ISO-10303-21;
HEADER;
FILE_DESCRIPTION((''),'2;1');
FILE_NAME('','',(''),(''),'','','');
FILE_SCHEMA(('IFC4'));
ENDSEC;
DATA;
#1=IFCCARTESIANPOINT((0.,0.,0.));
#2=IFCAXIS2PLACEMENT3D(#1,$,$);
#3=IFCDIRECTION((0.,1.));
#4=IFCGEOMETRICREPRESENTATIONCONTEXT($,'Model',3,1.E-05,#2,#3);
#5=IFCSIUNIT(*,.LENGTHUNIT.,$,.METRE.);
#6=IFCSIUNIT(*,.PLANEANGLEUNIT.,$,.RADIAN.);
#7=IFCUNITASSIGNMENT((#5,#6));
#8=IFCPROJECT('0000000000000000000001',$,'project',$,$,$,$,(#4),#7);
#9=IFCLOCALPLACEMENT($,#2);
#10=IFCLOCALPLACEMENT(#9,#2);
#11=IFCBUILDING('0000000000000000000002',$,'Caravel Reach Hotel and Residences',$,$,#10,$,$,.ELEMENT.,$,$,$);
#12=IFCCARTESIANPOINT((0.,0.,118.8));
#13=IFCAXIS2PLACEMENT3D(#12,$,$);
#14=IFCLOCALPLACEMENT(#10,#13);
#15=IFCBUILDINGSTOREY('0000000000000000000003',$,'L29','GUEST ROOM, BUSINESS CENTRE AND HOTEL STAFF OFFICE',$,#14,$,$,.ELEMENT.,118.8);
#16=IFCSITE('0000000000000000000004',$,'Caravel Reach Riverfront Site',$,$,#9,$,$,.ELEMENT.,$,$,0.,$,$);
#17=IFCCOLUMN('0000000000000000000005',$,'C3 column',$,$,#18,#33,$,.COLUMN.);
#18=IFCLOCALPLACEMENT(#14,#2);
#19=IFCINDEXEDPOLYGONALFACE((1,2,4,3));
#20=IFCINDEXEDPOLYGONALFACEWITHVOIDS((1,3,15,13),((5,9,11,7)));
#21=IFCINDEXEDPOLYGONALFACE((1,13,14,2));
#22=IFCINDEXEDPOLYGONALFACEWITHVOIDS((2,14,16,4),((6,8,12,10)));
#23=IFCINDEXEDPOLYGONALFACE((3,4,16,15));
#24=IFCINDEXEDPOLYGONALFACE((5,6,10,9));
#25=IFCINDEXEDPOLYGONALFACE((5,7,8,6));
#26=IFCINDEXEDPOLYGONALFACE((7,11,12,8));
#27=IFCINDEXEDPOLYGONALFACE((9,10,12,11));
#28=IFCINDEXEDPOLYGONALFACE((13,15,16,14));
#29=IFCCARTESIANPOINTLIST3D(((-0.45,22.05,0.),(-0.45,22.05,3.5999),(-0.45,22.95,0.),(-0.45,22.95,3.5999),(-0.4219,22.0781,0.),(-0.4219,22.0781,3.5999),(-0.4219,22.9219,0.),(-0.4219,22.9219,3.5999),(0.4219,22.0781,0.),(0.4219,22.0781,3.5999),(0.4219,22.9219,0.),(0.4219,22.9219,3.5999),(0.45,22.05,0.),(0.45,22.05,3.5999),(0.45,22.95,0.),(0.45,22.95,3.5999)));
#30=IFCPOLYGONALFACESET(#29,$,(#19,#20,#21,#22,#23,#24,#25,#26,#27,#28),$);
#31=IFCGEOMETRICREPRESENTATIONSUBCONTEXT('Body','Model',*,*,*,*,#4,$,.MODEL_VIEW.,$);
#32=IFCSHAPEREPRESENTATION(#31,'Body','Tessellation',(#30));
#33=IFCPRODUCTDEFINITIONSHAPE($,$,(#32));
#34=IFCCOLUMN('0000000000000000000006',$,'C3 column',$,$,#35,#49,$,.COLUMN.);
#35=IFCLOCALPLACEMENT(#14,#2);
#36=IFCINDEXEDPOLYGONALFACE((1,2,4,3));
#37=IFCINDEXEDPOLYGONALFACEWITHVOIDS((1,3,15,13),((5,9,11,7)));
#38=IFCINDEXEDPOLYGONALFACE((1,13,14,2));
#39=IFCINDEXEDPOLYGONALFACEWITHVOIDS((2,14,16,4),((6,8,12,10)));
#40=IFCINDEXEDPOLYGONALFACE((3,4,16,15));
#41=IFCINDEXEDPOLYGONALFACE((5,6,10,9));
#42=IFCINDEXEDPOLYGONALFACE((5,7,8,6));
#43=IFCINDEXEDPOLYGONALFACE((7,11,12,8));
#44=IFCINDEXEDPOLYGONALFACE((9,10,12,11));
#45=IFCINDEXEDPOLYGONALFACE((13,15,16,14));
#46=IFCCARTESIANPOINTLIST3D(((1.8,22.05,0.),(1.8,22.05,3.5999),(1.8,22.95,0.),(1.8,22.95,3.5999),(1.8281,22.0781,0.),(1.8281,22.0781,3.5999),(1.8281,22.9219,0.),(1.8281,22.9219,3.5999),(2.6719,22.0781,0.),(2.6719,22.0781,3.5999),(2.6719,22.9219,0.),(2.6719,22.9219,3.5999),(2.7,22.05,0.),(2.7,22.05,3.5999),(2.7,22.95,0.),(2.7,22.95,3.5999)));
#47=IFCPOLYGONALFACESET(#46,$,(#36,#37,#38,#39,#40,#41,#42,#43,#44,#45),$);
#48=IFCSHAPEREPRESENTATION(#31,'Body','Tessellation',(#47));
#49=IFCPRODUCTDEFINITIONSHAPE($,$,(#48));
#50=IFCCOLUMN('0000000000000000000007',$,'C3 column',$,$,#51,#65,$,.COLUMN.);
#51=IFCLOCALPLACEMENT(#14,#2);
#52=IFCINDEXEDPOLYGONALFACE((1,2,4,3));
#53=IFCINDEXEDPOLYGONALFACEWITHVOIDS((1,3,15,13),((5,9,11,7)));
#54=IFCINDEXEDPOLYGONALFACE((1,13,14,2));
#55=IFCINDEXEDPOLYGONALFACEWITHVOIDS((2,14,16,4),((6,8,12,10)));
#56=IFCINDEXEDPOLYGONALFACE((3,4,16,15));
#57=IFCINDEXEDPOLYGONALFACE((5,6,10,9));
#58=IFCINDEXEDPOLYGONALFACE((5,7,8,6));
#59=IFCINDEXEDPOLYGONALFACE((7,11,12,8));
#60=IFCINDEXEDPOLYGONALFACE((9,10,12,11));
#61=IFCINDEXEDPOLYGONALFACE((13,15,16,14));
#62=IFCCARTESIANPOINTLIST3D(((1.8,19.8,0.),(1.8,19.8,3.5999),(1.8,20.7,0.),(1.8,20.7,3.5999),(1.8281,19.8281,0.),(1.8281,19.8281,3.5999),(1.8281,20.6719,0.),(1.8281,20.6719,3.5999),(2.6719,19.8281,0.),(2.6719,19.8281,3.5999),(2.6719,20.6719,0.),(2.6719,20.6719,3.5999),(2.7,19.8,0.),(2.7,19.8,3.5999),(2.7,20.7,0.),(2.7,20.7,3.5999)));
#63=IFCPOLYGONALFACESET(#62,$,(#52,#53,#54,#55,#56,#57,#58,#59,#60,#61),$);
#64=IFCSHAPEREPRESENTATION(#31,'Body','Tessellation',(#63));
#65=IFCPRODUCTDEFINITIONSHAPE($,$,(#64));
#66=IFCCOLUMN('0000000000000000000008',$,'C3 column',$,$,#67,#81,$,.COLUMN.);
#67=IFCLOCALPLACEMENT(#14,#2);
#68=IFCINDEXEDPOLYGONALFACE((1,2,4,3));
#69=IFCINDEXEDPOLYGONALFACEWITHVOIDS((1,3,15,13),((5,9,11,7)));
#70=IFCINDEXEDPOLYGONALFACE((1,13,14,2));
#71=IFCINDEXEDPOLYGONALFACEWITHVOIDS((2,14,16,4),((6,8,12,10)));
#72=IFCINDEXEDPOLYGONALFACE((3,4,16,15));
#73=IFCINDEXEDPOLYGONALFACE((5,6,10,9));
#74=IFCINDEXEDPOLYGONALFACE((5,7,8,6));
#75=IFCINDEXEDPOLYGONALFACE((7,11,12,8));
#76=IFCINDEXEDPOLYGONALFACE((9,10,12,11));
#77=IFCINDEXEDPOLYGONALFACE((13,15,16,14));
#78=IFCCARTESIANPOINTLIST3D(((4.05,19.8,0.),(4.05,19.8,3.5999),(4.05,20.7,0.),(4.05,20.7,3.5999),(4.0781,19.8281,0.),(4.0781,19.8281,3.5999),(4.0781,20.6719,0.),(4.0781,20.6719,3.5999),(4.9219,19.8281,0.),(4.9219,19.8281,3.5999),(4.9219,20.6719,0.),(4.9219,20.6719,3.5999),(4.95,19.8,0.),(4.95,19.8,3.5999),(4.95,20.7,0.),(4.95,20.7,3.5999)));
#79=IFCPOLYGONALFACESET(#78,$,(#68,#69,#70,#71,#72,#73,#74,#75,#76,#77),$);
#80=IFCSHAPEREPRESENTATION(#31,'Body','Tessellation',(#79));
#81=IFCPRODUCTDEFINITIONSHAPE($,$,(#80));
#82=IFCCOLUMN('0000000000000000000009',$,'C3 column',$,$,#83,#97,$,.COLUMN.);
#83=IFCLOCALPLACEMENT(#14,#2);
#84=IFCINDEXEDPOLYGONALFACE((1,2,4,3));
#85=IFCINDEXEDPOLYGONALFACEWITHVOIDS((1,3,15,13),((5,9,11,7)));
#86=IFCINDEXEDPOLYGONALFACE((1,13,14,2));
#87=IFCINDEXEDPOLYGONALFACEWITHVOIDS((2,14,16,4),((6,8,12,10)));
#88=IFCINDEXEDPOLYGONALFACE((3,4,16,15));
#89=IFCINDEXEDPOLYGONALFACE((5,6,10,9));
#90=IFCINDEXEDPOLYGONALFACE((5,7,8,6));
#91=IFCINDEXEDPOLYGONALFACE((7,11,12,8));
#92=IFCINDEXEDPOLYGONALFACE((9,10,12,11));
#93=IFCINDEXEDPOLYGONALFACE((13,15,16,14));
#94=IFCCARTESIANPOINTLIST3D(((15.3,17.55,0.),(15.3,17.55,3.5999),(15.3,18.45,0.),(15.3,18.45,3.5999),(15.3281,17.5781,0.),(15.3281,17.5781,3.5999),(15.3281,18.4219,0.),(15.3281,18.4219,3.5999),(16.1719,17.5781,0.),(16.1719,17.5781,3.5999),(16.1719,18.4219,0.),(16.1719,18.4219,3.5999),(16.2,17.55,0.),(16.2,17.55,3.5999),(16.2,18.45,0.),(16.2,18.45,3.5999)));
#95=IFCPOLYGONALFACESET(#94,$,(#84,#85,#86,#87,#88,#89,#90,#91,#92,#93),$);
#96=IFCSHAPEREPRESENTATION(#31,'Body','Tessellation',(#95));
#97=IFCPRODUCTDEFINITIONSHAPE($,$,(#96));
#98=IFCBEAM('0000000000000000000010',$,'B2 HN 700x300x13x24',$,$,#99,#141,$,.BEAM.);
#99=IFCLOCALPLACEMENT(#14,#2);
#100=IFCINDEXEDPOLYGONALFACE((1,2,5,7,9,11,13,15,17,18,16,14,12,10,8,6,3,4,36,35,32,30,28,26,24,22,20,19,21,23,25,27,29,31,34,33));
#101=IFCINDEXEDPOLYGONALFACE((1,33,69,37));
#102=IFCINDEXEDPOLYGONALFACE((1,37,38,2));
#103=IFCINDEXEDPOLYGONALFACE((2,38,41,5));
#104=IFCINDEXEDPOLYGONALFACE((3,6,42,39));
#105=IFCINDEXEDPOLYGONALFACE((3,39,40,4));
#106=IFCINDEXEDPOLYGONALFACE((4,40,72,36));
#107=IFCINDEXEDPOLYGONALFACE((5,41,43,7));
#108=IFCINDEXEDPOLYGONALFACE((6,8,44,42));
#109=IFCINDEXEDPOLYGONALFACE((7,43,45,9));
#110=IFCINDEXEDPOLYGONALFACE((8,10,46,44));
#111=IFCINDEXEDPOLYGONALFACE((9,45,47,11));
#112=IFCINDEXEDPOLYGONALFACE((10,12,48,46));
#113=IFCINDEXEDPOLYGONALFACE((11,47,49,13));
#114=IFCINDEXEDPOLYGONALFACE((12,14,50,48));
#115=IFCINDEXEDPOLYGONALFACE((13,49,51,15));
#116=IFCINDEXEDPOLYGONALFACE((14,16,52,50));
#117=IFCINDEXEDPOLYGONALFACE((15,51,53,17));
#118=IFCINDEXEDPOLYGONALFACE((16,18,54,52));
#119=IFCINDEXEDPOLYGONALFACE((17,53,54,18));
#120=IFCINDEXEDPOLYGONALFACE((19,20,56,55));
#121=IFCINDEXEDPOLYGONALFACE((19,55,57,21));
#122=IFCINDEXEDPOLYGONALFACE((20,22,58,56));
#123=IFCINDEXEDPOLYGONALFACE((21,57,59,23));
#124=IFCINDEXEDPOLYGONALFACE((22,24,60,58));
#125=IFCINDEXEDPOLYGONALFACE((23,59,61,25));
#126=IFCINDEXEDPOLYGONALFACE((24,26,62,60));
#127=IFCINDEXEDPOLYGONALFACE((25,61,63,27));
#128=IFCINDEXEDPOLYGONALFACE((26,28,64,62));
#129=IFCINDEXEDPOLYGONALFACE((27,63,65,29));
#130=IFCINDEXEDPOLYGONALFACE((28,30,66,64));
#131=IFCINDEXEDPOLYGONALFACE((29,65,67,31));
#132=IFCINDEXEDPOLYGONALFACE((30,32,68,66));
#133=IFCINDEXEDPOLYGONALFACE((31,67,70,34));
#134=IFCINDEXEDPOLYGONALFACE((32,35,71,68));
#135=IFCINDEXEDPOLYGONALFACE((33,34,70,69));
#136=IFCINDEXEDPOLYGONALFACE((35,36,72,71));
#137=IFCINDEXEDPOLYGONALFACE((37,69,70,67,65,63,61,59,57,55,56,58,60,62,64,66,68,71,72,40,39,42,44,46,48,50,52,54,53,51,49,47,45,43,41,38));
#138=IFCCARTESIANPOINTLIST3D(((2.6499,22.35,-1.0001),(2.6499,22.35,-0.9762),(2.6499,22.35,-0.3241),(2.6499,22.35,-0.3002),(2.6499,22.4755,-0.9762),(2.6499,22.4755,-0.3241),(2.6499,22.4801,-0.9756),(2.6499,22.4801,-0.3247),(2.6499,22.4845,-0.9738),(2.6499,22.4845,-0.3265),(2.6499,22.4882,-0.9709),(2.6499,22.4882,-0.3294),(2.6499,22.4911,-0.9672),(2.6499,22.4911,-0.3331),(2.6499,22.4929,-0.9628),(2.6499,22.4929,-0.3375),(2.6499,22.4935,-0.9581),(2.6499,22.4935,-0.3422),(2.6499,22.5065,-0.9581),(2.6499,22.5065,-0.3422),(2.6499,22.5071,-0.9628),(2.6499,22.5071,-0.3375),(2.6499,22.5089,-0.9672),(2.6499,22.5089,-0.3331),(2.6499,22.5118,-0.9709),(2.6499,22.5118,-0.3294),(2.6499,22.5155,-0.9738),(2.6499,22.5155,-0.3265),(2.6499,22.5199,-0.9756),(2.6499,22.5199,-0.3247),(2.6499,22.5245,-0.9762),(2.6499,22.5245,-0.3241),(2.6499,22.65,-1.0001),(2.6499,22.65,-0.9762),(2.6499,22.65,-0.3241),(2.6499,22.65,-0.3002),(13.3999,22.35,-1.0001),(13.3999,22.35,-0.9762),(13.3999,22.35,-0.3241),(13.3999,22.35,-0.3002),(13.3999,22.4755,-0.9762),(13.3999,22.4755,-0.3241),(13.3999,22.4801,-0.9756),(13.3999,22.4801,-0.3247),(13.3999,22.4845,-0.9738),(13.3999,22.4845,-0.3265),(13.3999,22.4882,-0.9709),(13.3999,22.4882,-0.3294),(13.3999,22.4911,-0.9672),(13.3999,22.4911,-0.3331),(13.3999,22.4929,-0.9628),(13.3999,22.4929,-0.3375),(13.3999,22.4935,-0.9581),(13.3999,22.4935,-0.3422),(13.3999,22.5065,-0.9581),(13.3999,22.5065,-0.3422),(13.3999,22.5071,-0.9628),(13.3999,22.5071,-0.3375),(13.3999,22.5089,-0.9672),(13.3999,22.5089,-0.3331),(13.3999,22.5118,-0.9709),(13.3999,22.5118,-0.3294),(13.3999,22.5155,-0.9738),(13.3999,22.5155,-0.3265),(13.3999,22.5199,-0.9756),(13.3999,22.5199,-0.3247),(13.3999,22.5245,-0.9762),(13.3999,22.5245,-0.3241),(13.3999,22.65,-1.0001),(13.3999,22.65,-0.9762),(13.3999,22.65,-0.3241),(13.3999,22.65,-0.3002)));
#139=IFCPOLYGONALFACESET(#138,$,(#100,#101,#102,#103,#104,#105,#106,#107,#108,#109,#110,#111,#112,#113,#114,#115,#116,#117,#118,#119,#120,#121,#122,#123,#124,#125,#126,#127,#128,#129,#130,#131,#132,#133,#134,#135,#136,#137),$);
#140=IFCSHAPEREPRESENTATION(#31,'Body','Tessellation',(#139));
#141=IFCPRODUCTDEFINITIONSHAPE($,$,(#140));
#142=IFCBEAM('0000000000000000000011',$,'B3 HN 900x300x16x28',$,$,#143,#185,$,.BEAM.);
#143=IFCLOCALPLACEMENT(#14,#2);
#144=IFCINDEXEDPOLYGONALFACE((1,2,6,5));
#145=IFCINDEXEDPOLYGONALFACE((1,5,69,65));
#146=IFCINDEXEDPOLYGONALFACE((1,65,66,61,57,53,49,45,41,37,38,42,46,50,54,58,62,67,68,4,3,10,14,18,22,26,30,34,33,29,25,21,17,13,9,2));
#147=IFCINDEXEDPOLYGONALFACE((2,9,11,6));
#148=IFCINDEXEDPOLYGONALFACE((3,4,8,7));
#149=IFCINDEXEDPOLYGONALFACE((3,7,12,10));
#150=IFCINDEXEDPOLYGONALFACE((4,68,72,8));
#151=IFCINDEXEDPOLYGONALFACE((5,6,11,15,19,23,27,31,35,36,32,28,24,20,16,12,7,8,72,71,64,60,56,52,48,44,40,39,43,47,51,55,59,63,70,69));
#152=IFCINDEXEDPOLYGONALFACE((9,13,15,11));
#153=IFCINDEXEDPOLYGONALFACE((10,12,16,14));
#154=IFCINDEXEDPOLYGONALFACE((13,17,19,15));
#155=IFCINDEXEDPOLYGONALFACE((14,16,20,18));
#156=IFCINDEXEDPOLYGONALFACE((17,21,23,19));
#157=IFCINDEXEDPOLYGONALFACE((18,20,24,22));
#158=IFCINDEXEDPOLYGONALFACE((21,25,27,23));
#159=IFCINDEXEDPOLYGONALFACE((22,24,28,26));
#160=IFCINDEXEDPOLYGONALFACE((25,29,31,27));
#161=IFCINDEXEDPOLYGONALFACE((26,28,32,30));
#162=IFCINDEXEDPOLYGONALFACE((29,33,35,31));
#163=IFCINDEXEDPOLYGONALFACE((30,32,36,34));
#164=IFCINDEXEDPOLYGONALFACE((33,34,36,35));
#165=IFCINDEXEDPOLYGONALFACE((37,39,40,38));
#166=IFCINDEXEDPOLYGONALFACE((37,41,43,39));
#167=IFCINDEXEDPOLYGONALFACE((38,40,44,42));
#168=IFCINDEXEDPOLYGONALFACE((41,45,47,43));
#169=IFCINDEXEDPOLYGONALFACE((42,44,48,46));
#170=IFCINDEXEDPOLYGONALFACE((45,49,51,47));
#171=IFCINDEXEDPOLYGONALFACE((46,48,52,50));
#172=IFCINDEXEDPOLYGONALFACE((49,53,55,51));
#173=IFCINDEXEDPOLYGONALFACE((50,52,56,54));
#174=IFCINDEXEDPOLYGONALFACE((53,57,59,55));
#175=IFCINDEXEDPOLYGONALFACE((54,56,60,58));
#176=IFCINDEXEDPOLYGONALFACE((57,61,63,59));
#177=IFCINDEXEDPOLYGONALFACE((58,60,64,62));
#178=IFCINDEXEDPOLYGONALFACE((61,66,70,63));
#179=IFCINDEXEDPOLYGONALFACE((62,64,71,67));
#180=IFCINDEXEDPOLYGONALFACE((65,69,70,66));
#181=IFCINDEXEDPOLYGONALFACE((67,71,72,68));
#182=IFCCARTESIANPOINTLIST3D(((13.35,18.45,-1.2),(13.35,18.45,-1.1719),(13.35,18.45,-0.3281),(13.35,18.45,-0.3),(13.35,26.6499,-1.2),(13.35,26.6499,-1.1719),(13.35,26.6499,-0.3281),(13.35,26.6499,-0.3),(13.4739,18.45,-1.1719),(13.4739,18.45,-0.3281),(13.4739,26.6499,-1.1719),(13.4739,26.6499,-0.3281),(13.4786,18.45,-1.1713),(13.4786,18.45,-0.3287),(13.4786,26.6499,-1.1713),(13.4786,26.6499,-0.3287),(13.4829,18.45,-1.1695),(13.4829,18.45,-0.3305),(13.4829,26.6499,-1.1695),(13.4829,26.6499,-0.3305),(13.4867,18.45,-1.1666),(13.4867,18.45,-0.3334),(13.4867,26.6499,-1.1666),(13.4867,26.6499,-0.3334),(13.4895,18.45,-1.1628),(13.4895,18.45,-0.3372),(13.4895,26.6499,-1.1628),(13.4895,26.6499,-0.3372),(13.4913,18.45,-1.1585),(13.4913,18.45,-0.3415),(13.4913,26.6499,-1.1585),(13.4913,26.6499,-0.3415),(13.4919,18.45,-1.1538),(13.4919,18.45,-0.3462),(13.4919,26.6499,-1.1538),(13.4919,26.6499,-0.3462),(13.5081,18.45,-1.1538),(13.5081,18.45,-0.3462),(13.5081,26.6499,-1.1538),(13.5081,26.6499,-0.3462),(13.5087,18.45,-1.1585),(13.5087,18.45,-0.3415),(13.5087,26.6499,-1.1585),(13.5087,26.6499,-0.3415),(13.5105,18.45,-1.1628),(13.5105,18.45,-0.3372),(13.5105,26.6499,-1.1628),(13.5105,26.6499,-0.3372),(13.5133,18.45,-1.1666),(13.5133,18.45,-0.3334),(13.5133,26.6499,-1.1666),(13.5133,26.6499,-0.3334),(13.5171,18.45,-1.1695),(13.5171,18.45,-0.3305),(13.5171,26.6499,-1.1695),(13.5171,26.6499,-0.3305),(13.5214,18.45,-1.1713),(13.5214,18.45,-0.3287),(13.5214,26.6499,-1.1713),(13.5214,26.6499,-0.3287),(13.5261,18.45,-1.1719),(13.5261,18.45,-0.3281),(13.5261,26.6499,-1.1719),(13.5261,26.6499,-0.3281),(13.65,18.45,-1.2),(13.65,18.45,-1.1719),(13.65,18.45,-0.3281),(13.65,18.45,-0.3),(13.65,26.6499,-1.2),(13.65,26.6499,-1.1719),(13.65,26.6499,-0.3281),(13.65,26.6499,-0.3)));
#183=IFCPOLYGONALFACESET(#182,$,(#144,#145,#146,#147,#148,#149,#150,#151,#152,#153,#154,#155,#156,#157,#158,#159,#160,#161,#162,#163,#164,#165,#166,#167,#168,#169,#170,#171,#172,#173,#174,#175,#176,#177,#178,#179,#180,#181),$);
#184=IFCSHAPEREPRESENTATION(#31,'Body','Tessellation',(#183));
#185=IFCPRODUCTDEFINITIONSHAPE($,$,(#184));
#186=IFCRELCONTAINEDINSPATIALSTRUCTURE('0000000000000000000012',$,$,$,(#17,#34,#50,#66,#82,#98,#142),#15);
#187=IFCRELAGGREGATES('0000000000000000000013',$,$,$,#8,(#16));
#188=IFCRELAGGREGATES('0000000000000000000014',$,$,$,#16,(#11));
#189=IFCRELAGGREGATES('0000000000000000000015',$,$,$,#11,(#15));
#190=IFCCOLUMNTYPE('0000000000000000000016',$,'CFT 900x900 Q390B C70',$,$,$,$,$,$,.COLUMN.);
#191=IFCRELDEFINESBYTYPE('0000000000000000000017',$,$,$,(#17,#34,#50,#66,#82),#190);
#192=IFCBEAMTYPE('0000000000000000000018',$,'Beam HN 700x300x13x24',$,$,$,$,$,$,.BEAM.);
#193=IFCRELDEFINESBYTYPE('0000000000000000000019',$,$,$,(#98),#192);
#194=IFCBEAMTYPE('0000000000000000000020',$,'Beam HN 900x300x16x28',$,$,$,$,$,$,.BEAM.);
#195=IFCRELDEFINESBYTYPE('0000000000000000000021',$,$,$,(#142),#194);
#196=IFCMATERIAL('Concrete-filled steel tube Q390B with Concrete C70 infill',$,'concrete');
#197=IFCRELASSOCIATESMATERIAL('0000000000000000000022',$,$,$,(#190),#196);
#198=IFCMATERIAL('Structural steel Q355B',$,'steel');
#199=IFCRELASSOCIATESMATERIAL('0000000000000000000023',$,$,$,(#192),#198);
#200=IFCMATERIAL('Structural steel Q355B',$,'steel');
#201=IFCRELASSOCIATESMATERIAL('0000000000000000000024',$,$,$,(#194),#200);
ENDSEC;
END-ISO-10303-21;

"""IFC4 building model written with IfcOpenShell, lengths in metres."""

from ifc_helpers import new_model, si_unit, direction, frame, origin, origin_2d, place, context, subcontext, project, spatial, hollow_rectangle, i_section, extrude, material, material_profile, profile_set, type_object, element, save


model = new_model("IFC4")

# Units and contexts
model_context = context("Model", 3, precision=1e-05, world=origin(), true_north=direction((0.0, 1.0)))
body_context = subcontext(model_context, "Body", "Model", "MODEL_VIEW")
ifc_project = project(units=[si_unit("LENGTHUNIT", "METRE"), si_unit("PLANEANGLEUNIT", "RADIAN")], contexts=[model_context])

# Site, building, storey
site_placement = place(None, origin())
site = spatial("IfcSite", under=ifc_project, at=site_placement, Name="Caravel Reach Riverfront Site", CompositionType="ELEMENT", RefElevation=0.0)
building_placement = place(site_placement, origin())
building = spatial("IfcBuilding", under=site, at=building_placement, Name="Caravel Reach Hotel and Residences", CompositionType="ELEMENT")
storey_placement = place(building_placement, frame((0.0, 0.0, 118.8)))
storey = spatial("IfcBuildingStorey", under=building, at=storey_placement, Name="L29", Description="GUEST ROOM, BUSINESS CENTRE AND HOTEL STAFF OFFICE", CompositionType="ELEMENT", Elevation=118.8)

# Columns
ifc_material_1 = material(Name="Concrete-filled steel tube Q390B with Concrete C70 infill", Category="concrete")
ifc_material_profile_1 = material_profile(ifc_material_1, hollow_rectangle(XDim=0.8999, YDim=0.8999, WallThickness=0.0281, at=origin_2d()), Name="RHS 900x900x28")
ifc_profile_set_1 = profile_set([ifc_material_profile_1], Name="Concrete-filled steel tube Q390B with Concrete C70 infill")
column_type = type_object("IfcColumnType", Name="CFT 900x900 Q390B C70", PredefinedType="COLUMN", material=ifc_profile_set_1)
for number, where, z_axis, x_axis, name in (
    (1, (0.0, 22.5, 0.0), (0.0, 0.0, 1.0), (1.0, 0.0, 0.0), "C3 column"),
    (2, (2.25, 22.5, 0.0), (0.0, 0.0, 1.0), (1.0, 0.0, 0.0), "C3 column"),
    (3, (2.25, 20.25, 0.0), (0.0, 0.0, 1.0), (1.0, 0.0, 0.0), "C3 column"),
    (4, (4.5, 20.25, 0.0), (0.0, 0.0, 1.0), (1.0, 0.0, 0.0), "C3 column"),
    (5, (15.75, 18.0, 0.0), (0.0, 0.0, 1.0), (1.0, 0.0, 0.0), "C3 column"),
):
    element("IfcColumn", number, at=place(storey_placement, frame(where, z_axis=z_axis, x_axis=x_axis)), inside=storey, type_object=column_type, Name=name, PredefinedType="COLUMN", context=body_context, shape_type="SweptSolid", body=[
        extrude(hollow_rectangle(XDim=0.8999, YDim=0.8999, WallThickness=0.0281, at=origin_2d()), origin(), (0.0, 0.0, 1.0), 3.5999),
    ])

# Beams
ifc_material_2 = material(Name="Structural steel Q355B", Category="steel")
ifc_material_profile_2 = material_profile(ifc_material_2, i_section(OverallWidth=0.3, OverallDepth=0.7, WebThickness=0.0129, FlangeThickness=0.0239, FilletRadius=0.0181, at=origin_2d()), Name="HN 700x300x13x24")
ifc_profile_set_2 = profile_set([ifc_material_profile_2], Name="Structural steel Q355B")
beam_type_1 = type_object("IfcBeamType", Name="Beam HN 700x300x13x24", PredefinedType="BEAM", material=ifc_profile_set_2)
beam_1_placement = place(storey_placement, frame((13.3999, 22.5, -0.6501), z_axis=(-1.0, 0.0, 0.0), x_axis=(0.0, -1.0, 0.0)))
element("IfcBeam", 6, at=beam_1_placement, inside=storey, type_object=beam_type_1, Name="B2 HN 700x300x13x24", PredefinedType="BEAM", context=body_context, shape_type="SweptSolid", body=[
    extrude(i_section(OverallWidth=0.3, OverallDepth=0.7, WebThickness=0.0129, FlangeThickness=0.0239, FilletRadius=0.0181, at=origin_2d()), origin(), (0.0, 0.0, 1.0), 10.75),
])
ifc_material_3 = material(Name="Structural steel Q355B", Category="steel")
ifc_material_profile_3 = material_profile(ifc_material_3, i_section(OverallWidth=0.3, OverallDepth=0.8999, WebThickness=0.0161, FlangeThickness=0.0281, FilletRadius=0.0181, at=origin_2d()), Name="HN 900x300x16x28")
ifc_profile_set_3 = profile_set([ifc_material_profile_3], Name="Structural steel Q355B")
beam_type_2 = type_object("IfcBeamType", Name="Beam HN 900x300x16x28", PredefinedType="BEAM", material=ifc_profile_set_3)
beam_2_placement = place(storey_placement, frame((13.5, 18.45, -0.75), z_axis=(0.0, 1.0, 0.0), x_axis=(-1.0, 0.0, 0.0)))
element("IfcBeam", 7, at=beam_2_placement, inside=storey, type_object=beam_type_2, Name="B3 HN 900x300x16x28", PredefinedType="BEAM", context=body_context, shape_type="SweptSolid", body=[
    extrude(i_section(OverallWidth=0.3, OverallDepth=0.8999, WebThickness=0.0161, FlangeThickness=0.0281, FilletRadius=0.0181, at=origin_2d()), origin(), (0.0, 0.0, 1.0), 8.2),
])

save(model, "model.ifc")
